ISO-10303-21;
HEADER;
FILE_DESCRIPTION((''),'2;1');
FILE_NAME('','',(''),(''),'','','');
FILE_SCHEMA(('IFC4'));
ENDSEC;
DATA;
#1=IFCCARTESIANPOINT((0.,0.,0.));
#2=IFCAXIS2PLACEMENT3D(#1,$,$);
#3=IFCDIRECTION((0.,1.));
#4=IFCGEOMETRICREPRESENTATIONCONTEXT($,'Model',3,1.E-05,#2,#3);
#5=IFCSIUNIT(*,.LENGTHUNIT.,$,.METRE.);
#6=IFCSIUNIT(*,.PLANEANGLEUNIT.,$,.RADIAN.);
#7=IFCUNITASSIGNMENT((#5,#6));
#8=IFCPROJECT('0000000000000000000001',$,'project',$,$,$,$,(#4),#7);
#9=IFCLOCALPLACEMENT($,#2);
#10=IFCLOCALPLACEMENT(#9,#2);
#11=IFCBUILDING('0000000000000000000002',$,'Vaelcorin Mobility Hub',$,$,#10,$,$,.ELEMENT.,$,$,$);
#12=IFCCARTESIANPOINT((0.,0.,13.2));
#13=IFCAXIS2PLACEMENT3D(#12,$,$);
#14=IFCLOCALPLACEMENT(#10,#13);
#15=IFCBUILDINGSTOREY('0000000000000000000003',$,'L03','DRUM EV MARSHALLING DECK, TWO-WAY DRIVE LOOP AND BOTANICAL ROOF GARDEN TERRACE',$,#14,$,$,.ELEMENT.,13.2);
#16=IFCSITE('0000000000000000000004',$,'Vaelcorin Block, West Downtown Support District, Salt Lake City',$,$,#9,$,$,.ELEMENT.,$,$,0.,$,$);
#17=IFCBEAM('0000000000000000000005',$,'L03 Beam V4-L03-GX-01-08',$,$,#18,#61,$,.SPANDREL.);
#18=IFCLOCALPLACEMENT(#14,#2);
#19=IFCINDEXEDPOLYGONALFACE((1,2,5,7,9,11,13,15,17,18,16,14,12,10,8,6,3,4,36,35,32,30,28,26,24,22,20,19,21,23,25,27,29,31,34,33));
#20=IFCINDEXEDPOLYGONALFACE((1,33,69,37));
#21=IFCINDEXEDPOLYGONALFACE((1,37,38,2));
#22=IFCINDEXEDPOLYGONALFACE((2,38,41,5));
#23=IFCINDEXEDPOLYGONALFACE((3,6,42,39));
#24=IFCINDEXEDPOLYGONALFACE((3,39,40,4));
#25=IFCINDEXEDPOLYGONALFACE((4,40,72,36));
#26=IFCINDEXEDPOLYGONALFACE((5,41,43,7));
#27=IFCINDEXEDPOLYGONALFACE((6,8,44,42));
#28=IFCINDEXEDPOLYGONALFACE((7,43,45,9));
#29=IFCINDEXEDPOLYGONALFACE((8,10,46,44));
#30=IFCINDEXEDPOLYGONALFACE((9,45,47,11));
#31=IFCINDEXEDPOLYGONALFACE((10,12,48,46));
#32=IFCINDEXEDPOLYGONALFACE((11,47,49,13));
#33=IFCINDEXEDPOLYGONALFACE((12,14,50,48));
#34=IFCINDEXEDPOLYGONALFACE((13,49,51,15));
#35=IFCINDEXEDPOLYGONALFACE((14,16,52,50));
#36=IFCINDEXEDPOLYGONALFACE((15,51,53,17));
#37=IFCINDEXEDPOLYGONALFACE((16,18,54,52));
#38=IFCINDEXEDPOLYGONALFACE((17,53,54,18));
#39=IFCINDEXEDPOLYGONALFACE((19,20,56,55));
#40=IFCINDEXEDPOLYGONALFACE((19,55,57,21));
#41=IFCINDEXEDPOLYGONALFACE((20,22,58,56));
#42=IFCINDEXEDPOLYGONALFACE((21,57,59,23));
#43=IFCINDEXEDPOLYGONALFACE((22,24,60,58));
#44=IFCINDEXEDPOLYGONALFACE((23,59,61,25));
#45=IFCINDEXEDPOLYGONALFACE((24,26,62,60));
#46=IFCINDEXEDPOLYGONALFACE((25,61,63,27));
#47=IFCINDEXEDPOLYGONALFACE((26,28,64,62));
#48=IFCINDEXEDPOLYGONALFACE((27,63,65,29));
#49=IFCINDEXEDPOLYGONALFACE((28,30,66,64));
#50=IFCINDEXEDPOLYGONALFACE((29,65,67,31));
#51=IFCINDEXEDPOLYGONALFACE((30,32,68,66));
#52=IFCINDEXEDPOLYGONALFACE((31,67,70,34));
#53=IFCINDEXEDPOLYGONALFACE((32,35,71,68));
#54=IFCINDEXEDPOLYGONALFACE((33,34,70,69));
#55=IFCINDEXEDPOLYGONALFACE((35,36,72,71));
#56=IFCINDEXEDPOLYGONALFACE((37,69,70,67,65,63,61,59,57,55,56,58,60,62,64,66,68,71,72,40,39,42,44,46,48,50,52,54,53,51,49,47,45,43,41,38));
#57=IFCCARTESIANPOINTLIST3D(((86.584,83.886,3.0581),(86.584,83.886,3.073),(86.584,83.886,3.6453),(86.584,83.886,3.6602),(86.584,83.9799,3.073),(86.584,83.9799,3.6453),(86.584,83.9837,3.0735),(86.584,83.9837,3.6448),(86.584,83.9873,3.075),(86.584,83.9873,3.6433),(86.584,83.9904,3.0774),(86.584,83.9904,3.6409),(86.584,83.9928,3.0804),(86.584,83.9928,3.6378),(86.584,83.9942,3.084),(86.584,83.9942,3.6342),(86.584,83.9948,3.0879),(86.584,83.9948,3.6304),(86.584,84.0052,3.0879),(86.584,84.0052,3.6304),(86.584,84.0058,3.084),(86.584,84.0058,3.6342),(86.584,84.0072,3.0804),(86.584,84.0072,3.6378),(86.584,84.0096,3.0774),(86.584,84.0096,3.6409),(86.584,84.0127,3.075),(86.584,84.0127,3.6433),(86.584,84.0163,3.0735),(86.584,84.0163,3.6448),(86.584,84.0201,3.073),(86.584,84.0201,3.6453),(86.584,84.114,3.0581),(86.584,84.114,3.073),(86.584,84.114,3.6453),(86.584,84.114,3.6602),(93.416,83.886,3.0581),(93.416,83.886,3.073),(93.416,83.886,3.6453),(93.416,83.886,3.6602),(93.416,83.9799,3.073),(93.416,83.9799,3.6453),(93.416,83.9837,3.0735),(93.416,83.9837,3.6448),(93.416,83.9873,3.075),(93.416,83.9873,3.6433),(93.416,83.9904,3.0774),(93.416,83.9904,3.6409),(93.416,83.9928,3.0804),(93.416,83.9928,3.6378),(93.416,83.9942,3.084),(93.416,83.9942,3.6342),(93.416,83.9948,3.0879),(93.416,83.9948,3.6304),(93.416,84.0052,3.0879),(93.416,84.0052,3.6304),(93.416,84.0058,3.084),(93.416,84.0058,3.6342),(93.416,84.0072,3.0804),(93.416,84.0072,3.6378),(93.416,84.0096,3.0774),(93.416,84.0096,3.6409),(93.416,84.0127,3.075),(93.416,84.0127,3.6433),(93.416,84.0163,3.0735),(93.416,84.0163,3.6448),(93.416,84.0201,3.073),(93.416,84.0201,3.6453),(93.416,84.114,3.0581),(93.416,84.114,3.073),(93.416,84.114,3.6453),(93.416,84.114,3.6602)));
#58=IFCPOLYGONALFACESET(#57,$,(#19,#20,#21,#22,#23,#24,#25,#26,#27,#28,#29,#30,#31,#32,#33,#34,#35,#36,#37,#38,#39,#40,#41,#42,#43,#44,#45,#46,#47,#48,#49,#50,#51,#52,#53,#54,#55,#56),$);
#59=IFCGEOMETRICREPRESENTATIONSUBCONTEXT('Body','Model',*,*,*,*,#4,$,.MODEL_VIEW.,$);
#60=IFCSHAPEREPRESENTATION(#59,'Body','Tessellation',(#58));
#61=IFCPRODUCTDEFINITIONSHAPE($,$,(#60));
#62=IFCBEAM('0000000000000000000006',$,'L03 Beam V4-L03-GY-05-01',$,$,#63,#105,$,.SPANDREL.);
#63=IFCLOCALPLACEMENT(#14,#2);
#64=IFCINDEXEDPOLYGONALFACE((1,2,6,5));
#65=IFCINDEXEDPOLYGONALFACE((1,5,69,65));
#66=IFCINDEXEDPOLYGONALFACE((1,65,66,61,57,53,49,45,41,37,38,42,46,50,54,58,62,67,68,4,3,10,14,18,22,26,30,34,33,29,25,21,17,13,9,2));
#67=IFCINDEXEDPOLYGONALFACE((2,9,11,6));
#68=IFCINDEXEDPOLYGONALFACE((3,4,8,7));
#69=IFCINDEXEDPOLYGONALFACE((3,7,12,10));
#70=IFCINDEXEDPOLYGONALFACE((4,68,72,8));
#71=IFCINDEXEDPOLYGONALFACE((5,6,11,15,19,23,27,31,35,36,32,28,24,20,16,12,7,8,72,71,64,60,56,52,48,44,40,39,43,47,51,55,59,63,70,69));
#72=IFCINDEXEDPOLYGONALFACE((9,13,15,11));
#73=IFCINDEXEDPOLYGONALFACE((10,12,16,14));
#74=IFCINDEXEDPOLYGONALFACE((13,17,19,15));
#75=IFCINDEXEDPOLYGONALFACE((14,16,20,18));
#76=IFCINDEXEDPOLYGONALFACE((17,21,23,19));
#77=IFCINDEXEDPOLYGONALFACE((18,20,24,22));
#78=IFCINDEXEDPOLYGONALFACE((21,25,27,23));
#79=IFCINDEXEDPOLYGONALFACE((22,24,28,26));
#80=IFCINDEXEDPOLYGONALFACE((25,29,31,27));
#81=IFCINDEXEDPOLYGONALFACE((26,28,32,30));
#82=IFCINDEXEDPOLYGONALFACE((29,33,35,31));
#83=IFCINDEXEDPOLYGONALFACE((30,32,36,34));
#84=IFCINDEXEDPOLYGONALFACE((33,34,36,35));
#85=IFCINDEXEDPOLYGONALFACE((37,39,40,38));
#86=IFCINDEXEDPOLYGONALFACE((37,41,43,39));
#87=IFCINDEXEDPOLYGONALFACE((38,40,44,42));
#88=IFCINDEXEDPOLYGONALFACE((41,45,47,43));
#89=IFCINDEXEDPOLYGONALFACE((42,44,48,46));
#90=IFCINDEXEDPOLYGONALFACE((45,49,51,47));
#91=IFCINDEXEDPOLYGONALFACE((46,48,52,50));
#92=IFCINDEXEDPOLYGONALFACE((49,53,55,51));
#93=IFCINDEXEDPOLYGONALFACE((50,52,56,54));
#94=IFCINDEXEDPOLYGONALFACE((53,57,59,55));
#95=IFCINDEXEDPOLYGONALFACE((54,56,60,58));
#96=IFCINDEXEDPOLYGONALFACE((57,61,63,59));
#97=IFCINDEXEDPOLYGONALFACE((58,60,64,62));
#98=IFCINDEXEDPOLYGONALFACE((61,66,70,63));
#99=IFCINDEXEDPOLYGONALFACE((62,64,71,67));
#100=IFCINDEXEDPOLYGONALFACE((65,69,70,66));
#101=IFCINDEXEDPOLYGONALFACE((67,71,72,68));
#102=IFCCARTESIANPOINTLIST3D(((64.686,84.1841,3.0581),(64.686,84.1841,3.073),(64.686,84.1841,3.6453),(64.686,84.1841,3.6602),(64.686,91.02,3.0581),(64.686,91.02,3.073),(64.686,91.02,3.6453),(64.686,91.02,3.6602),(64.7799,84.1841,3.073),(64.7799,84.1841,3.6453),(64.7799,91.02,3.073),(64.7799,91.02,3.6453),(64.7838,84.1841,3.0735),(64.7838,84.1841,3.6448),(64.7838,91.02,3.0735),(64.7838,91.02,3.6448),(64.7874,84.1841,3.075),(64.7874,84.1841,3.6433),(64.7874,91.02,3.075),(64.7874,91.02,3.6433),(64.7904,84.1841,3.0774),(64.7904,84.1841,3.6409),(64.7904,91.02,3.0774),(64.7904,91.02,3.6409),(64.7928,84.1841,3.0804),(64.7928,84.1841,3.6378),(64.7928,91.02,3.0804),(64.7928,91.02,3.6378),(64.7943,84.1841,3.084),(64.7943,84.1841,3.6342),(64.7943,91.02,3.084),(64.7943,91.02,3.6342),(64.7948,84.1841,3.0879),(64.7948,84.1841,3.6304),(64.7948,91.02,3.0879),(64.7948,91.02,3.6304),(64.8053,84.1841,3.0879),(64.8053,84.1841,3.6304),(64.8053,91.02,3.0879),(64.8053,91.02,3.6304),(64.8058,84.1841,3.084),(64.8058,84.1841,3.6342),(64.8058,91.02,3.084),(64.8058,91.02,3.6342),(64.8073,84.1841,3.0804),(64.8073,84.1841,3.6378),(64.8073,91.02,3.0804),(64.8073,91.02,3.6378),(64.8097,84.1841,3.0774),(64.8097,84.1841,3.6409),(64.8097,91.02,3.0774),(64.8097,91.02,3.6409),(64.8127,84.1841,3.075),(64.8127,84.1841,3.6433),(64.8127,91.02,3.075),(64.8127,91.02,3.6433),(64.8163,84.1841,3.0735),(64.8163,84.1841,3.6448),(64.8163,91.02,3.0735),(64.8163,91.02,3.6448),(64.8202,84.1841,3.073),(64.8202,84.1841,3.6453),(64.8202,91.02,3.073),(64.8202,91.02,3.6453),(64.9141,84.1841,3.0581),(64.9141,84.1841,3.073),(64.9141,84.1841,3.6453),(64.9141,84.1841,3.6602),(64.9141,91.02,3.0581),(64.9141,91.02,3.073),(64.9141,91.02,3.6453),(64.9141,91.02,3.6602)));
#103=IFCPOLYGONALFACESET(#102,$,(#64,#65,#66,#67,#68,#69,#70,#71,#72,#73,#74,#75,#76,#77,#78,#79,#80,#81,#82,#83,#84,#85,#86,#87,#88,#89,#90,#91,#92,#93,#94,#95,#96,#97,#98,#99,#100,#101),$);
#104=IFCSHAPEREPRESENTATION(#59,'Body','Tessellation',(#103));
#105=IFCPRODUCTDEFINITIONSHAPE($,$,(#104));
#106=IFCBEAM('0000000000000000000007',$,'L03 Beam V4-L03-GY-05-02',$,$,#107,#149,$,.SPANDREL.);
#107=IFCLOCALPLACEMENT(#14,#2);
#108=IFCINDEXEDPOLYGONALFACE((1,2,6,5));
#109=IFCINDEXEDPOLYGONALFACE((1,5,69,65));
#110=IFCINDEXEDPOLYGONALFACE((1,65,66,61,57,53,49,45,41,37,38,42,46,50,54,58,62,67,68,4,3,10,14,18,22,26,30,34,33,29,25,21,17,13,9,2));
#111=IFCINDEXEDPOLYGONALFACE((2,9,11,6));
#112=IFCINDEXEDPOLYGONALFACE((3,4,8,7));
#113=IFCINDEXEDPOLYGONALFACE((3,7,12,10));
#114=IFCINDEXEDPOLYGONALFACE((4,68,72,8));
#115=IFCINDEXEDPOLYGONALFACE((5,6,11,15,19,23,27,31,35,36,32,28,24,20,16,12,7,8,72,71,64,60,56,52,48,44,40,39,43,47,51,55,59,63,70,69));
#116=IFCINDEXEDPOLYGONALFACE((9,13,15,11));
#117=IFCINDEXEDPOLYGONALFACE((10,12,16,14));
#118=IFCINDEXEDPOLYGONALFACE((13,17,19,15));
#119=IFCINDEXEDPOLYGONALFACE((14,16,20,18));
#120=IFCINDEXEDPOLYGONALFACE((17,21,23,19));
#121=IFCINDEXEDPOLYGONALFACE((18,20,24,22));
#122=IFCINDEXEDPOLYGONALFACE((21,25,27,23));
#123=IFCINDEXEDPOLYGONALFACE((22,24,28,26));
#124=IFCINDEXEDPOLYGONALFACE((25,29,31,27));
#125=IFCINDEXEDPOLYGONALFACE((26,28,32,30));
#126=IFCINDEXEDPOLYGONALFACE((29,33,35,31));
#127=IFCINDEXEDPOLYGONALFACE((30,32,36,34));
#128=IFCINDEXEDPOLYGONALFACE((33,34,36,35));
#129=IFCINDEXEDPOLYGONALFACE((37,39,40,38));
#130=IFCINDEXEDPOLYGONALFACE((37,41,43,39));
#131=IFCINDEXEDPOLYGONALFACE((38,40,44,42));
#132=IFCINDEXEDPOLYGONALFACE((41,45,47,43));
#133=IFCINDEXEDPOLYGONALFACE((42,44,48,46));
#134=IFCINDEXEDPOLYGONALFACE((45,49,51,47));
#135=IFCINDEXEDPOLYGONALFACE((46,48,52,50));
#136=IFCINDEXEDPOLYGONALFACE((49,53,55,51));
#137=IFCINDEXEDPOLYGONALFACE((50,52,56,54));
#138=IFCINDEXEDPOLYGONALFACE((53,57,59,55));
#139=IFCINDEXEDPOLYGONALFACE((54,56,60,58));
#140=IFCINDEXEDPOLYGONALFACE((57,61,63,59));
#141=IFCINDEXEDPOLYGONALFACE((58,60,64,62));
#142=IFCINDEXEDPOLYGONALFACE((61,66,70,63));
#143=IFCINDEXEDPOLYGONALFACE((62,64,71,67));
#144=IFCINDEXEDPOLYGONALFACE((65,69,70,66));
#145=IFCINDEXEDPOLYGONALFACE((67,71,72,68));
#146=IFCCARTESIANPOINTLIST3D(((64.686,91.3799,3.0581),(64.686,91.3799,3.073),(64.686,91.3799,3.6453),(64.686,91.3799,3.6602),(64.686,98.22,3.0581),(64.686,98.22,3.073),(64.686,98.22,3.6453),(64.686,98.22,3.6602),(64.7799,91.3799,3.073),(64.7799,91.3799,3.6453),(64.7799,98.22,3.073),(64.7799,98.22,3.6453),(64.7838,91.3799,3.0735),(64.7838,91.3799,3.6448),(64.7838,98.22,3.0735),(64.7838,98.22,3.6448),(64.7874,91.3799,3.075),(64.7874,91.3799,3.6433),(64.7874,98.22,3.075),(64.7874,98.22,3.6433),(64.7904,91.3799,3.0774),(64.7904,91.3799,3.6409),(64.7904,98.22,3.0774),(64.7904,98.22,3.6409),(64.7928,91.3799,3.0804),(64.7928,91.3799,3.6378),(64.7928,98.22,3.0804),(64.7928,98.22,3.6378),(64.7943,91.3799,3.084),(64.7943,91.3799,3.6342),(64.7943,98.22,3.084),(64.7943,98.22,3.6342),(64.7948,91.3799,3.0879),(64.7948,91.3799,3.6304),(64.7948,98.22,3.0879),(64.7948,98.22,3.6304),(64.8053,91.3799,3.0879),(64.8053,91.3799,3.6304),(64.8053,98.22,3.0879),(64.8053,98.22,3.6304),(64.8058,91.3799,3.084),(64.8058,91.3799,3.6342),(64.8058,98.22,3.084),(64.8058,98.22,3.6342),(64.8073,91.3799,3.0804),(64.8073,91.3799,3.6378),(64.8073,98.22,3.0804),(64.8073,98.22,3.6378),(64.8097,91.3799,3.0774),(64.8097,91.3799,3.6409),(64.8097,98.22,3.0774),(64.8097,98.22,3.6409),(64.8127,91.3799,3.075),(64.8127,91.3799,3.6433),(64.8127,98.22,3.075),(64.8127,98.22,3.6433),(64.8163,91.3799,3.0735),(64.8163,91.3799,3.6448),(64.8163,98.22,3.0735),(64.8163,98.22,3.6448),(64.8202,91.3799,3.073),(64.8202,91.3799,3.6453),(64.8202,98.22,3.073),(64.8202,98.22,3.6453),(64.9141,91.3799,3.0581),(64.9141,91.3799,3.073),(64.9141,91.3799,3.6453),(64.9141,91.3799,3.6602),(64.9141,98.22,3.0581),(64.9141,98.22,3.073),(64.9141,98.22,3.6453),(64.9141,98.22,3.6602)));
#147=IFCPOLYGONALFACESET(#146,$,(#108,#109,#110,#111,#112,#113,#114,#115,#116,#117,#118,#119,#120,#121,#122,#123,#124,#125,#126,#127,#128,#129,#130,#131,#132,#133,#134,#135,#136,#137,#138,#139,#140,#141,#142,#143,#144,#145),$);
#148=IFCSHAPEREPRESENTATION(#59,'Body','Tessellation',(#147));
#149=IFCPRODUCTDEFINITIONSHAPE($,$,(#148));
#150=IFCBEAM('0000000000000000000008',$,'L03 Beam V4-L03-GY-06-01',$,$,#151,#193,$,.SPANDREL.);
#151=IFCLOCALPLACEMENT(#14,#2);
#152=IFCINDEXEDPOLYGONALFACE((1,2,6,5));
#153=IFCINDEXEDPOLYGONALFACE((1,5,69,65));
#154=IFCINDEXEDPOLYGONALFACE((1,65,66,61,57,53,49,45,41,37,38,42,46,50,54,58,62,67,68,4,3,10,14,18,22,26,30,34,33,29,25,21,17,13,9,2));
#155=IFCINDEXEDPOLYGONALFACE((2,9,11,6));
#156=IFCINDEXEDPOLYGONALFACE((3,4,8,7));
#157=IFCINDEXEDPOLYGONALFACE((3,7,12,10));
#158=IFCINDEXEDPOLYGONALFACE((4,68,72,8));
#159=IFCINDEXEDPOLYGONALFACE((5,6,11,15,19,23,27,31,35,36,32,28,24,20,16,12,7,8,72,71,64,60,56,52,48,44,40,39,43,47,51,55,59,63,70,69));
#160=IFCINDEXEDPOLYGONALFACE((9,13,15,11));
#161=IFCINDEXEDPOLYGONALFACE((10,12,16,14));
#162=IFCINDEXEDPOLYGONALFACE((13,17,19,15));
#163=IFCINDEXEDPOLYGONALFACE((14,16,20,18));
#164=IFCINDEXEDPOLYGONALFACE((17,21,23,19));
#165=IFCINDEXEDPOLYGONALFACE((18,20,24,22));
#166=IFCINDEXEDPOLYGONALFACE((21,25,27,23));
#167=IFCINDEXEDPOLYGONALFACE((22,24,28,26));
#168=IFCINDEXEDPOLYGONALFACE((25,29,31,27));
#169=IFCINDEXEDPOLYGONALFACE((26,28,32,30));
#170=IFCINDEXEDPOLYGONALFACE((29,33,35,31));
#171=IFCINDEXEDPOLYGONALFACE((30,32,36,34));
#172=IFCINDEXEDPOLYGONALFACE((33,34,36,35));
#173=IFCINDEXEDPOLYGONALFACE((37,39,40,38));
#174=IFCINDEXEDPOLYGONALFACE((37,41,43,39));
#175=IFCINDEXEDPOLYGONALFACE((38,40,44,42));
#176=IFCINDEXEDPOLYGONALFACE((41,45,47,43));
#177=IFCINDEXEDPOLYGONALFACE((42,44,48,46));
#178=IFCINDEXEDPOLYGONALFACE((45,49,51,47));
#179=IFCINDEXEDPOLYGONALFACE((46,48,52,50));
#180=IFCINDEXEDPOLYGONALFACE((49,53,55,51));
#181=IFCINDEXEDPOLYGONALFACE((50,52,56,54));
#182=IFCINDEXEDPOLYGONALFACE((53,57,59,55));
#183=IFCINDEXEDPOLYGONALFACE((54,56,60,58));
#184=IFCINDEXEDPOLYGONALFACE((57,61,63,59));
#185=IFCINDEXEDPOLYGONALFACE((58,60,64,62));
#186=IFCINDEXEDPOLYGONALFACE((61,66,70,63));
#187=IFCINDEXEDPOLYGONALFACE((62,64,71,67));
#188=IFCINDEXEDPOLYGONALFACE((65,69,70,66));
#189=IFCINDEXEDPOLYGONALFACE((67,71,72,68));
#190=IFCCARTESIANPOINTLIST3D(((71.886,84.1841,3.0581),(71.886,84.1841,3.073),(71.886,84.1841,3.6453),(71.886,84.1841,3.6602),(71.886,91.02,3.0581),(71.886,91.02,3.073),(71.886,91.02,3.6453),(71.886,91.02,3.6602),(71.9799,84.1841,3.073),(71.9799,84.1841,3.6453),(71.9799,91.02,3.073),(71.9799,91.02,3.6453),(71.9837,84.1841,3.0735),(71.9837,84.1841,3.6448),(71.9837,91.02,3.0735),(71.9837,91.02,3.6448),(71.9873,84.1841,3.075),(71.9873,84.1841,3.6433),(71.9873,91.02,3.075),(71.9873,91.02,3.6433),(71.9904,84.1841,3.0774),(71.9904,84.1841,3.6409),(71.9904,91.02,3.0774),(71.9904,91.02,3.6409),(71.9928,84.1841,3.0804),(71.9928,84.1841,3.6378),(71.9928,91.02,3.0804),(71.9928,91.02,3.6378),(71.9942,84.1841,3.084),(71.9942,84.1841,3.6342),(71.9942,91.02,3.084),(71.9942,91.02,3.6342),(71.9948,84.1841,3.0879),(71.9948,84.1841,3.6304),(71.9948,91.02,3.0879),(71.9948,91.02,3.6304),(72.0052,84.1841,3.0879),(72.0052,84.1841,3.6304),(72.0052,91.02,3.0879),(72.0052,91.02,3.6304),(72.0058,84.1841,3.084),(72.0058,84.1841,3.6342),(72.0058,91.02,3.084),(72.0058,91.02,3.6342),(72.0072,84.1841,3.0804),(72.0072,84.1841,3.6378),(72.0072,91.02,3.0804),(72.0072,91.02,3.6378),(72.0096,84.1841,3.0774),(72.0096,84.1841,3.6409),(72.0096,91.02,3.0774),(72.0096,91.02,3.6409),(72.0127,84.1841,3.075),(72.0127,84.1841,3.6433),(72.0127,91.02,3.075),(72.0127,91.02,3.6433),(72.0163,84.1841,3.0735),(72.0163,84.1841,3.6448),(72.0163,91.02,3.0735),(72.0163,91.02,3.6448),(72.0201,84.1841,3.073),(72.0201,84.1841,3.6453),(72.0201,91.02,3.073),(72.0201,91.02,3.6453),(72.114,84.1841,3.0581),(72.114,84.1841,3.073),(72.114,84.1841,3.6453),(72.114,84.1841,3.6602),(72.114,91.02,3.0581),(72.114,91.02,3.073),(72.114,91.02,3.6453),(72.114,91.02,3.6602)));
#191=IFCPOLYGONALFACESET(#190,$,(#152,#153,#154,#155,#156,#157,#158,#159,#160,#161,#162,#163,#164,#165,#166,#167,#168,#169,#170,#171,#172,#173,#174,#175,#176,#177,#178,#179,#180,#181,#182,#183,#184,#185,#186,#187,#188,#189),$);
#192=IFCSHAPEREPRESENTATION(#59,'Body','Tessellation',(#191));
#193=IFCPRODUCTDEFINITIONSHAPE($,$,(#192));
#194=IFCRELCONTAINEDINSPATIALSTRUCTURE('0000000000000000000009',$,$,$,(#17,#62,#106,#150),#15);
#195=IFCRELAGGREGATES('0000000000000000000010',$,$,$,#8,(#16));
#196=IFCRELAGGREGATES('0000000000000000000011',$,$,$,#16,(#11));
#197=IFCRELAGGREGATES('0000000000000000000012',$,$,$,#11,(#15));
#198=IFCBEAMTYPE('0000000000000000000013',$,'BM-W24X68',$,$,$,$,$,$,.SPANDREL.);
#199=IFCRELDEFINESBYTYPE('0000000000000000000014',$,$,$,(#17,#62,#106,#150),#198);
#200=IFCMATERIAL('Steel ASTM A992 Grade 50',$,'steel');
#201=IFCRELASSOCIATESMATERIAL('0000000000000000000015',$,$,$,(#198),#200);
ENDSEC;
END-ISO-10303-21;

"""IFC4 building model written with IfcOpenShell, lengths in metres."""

from ifc_helpers import new_model, si_unit, direction, frame, origin, origin_2d, place, context, subcontext, project, spatial, i_section, extrude, material, material_profile, profile_set, type_object, element, save


model = new_model("IFC4")

# Units and contexts
model_context = context("Model", 3, precision=1e-05, world=origin(), true_north=direction((0.0, 1.0)))
body_context = subcontext(model_context, "Body", "Model", "MODEL_VIEW")
ifc_project = project(units=[si_unit("LENGTHUNIT", "METRE"), si_unit("PLANEANGLEUNIT", "RADIAN")], contexts=[model_context])

# Site, building, storey
site_placement = place(None, origin())
site = spatial("IfcSite", under=ifc_project, at=site_placement, Name="Vaelcorin Block, West Downtown Support District, Salt Lake City", CompositionType="ELEMENT", RefElevation=0.0)
building_placement = place(site_placement, origin())
building = spatial("IfcBuilding", under=site, at=building_placement, Name="Vaelcorin Mobility Hub", CompositionType="ELEMENT")
storey_placement = place(building_placement, frame((0.0, 0.0, 13.2)))
storey = spatial("IfcBuildingStorey", under=building, at=storey_placement, Name="L03", Description="DRUM EV MARSHALLING DECK, TWO-WAY DRIVE LOOP AND BOTANICAL ROOF GARDEN TERRACE", CompositionType="ELEMENT", Elevation=13.2)

# Shared definitions
ifc_material_1 = material(Name="Steel ASTM A992 Grade 50", Category="steel")

# Beams
ifc_material_profile_1 = material_profile(ifc_material_1, i_section(OverallWidth=0.228, OverallDepth=0.6021, WebThickness=0.0105, FlangeThickness=0.0149, FilletRadius=0.0149, at=origin_2d()), Name="W24X68")
ifc_profile_set_1 = profile_set([ifc_material_profile_1], Name="Steel ASTM A992 Grade 50")
beam_type_1 = type_object("IfcBeamType", Name="BM-W24X68", PredefinedType="SPANDREL", material=ifc_profile_set_1)
for number, where, z_axis, x_axis, name in (
    (1, (86.584, 84.0, 3.3591), (1.0, 0.0, 0.0), (0.0, 1.0, 0.0), "L03 Beam V4-L03-GX-01-08"),
):
    element("IfcBeam", number, at=place(storey_placement, frame(where, z_axis=z_axis, x_axis=x_axis)), inside=storey, type_object=beam_type_1, Name=name, PredefinedType="SPANDREL", context=body_context, shape_type="SweptSolid", body=[
        extrude(i_section(OverallWidth=0.228, OverallDepth=0.6021, WebThickness=0.0105, FlangeThickness=0.0149, FilletRadius=0.0149, at=origin_2d()), origin(), (0.0, 0.0, 1.0), 6.832),
    ])
beam_1_placement = place(storey_placement, frame((64.8, 84.1841, 3.3591), z_axis=(0.0, 1.0, 0.0), x_axis=(-1.0, 0.0, 0.0)))
element("IfcBeam", 2, at=beam_1_placement, inside=storey, type_object=beam_type_1, Name="L03 Beam V4-L03-GY-05-01", PredefinedType="SPANDREL", context=body_context, shape_type="SweptSolid", body=[
    extrude(i_section(OverallWidth=0.228, OverallDepth=0.6021, WebThickness=0.0105, FlangeThickness=0.0149, FilletRadius=0.0149, at=origin_2d()), origin(), (0.0, 0.0, 1.0), 6.8359),
])
beam_2_placement = place(storey_placement, frame((64.8, 91.3799, 3.3591), z_axis=(0.0, 1.0, 0.0), x_axis=(-1.0, 0.0, 0.0)))
element("IfcBeam", 3, at=beam_2_placement, inside=storey, type_object=beam_type_1, Name="L03 Beam V4-L03-GY-05-02", PredefinedType="SPANDREL", context=body_context, shape_type="SweptSolid", body=[
    extrude(i_section(OverallWidth=0.228, OverallDepth=0.6021, WebThickness=0.0105, FlangeThickness=0.0149, FilletRadius=0.0149, at=origin_2d()), origin(), (0.0, 0.0, 1.0), 6.8401),
])
beam_3_placement = place(storey_placement, frame((72.0, 84.1841, 3.3591), z_axis=(0.0, 1.0, 0.0), x_axis=(-1.0, 0.0, 0.0)))
element("IfcBeam", 4, at=beam_3_placement, inside=storey, type_object=beam_type_1, Name="L03 Beam V4-L03-GY-06-01", PredefinedType="SPANDREL", context=body_context, shape_type="SweptSolid", body=[
    extrude(i_section(OverallWidth=0.228, OverallDepth=0.6021, WebThickness=0.0105, FlangeThickness=0.0149, FilletRadius=0.0149, at=origin_2d()), origin(), (0.0, 0.0, 1.0), 6.8359),
])

save(model, "model.ifc")
